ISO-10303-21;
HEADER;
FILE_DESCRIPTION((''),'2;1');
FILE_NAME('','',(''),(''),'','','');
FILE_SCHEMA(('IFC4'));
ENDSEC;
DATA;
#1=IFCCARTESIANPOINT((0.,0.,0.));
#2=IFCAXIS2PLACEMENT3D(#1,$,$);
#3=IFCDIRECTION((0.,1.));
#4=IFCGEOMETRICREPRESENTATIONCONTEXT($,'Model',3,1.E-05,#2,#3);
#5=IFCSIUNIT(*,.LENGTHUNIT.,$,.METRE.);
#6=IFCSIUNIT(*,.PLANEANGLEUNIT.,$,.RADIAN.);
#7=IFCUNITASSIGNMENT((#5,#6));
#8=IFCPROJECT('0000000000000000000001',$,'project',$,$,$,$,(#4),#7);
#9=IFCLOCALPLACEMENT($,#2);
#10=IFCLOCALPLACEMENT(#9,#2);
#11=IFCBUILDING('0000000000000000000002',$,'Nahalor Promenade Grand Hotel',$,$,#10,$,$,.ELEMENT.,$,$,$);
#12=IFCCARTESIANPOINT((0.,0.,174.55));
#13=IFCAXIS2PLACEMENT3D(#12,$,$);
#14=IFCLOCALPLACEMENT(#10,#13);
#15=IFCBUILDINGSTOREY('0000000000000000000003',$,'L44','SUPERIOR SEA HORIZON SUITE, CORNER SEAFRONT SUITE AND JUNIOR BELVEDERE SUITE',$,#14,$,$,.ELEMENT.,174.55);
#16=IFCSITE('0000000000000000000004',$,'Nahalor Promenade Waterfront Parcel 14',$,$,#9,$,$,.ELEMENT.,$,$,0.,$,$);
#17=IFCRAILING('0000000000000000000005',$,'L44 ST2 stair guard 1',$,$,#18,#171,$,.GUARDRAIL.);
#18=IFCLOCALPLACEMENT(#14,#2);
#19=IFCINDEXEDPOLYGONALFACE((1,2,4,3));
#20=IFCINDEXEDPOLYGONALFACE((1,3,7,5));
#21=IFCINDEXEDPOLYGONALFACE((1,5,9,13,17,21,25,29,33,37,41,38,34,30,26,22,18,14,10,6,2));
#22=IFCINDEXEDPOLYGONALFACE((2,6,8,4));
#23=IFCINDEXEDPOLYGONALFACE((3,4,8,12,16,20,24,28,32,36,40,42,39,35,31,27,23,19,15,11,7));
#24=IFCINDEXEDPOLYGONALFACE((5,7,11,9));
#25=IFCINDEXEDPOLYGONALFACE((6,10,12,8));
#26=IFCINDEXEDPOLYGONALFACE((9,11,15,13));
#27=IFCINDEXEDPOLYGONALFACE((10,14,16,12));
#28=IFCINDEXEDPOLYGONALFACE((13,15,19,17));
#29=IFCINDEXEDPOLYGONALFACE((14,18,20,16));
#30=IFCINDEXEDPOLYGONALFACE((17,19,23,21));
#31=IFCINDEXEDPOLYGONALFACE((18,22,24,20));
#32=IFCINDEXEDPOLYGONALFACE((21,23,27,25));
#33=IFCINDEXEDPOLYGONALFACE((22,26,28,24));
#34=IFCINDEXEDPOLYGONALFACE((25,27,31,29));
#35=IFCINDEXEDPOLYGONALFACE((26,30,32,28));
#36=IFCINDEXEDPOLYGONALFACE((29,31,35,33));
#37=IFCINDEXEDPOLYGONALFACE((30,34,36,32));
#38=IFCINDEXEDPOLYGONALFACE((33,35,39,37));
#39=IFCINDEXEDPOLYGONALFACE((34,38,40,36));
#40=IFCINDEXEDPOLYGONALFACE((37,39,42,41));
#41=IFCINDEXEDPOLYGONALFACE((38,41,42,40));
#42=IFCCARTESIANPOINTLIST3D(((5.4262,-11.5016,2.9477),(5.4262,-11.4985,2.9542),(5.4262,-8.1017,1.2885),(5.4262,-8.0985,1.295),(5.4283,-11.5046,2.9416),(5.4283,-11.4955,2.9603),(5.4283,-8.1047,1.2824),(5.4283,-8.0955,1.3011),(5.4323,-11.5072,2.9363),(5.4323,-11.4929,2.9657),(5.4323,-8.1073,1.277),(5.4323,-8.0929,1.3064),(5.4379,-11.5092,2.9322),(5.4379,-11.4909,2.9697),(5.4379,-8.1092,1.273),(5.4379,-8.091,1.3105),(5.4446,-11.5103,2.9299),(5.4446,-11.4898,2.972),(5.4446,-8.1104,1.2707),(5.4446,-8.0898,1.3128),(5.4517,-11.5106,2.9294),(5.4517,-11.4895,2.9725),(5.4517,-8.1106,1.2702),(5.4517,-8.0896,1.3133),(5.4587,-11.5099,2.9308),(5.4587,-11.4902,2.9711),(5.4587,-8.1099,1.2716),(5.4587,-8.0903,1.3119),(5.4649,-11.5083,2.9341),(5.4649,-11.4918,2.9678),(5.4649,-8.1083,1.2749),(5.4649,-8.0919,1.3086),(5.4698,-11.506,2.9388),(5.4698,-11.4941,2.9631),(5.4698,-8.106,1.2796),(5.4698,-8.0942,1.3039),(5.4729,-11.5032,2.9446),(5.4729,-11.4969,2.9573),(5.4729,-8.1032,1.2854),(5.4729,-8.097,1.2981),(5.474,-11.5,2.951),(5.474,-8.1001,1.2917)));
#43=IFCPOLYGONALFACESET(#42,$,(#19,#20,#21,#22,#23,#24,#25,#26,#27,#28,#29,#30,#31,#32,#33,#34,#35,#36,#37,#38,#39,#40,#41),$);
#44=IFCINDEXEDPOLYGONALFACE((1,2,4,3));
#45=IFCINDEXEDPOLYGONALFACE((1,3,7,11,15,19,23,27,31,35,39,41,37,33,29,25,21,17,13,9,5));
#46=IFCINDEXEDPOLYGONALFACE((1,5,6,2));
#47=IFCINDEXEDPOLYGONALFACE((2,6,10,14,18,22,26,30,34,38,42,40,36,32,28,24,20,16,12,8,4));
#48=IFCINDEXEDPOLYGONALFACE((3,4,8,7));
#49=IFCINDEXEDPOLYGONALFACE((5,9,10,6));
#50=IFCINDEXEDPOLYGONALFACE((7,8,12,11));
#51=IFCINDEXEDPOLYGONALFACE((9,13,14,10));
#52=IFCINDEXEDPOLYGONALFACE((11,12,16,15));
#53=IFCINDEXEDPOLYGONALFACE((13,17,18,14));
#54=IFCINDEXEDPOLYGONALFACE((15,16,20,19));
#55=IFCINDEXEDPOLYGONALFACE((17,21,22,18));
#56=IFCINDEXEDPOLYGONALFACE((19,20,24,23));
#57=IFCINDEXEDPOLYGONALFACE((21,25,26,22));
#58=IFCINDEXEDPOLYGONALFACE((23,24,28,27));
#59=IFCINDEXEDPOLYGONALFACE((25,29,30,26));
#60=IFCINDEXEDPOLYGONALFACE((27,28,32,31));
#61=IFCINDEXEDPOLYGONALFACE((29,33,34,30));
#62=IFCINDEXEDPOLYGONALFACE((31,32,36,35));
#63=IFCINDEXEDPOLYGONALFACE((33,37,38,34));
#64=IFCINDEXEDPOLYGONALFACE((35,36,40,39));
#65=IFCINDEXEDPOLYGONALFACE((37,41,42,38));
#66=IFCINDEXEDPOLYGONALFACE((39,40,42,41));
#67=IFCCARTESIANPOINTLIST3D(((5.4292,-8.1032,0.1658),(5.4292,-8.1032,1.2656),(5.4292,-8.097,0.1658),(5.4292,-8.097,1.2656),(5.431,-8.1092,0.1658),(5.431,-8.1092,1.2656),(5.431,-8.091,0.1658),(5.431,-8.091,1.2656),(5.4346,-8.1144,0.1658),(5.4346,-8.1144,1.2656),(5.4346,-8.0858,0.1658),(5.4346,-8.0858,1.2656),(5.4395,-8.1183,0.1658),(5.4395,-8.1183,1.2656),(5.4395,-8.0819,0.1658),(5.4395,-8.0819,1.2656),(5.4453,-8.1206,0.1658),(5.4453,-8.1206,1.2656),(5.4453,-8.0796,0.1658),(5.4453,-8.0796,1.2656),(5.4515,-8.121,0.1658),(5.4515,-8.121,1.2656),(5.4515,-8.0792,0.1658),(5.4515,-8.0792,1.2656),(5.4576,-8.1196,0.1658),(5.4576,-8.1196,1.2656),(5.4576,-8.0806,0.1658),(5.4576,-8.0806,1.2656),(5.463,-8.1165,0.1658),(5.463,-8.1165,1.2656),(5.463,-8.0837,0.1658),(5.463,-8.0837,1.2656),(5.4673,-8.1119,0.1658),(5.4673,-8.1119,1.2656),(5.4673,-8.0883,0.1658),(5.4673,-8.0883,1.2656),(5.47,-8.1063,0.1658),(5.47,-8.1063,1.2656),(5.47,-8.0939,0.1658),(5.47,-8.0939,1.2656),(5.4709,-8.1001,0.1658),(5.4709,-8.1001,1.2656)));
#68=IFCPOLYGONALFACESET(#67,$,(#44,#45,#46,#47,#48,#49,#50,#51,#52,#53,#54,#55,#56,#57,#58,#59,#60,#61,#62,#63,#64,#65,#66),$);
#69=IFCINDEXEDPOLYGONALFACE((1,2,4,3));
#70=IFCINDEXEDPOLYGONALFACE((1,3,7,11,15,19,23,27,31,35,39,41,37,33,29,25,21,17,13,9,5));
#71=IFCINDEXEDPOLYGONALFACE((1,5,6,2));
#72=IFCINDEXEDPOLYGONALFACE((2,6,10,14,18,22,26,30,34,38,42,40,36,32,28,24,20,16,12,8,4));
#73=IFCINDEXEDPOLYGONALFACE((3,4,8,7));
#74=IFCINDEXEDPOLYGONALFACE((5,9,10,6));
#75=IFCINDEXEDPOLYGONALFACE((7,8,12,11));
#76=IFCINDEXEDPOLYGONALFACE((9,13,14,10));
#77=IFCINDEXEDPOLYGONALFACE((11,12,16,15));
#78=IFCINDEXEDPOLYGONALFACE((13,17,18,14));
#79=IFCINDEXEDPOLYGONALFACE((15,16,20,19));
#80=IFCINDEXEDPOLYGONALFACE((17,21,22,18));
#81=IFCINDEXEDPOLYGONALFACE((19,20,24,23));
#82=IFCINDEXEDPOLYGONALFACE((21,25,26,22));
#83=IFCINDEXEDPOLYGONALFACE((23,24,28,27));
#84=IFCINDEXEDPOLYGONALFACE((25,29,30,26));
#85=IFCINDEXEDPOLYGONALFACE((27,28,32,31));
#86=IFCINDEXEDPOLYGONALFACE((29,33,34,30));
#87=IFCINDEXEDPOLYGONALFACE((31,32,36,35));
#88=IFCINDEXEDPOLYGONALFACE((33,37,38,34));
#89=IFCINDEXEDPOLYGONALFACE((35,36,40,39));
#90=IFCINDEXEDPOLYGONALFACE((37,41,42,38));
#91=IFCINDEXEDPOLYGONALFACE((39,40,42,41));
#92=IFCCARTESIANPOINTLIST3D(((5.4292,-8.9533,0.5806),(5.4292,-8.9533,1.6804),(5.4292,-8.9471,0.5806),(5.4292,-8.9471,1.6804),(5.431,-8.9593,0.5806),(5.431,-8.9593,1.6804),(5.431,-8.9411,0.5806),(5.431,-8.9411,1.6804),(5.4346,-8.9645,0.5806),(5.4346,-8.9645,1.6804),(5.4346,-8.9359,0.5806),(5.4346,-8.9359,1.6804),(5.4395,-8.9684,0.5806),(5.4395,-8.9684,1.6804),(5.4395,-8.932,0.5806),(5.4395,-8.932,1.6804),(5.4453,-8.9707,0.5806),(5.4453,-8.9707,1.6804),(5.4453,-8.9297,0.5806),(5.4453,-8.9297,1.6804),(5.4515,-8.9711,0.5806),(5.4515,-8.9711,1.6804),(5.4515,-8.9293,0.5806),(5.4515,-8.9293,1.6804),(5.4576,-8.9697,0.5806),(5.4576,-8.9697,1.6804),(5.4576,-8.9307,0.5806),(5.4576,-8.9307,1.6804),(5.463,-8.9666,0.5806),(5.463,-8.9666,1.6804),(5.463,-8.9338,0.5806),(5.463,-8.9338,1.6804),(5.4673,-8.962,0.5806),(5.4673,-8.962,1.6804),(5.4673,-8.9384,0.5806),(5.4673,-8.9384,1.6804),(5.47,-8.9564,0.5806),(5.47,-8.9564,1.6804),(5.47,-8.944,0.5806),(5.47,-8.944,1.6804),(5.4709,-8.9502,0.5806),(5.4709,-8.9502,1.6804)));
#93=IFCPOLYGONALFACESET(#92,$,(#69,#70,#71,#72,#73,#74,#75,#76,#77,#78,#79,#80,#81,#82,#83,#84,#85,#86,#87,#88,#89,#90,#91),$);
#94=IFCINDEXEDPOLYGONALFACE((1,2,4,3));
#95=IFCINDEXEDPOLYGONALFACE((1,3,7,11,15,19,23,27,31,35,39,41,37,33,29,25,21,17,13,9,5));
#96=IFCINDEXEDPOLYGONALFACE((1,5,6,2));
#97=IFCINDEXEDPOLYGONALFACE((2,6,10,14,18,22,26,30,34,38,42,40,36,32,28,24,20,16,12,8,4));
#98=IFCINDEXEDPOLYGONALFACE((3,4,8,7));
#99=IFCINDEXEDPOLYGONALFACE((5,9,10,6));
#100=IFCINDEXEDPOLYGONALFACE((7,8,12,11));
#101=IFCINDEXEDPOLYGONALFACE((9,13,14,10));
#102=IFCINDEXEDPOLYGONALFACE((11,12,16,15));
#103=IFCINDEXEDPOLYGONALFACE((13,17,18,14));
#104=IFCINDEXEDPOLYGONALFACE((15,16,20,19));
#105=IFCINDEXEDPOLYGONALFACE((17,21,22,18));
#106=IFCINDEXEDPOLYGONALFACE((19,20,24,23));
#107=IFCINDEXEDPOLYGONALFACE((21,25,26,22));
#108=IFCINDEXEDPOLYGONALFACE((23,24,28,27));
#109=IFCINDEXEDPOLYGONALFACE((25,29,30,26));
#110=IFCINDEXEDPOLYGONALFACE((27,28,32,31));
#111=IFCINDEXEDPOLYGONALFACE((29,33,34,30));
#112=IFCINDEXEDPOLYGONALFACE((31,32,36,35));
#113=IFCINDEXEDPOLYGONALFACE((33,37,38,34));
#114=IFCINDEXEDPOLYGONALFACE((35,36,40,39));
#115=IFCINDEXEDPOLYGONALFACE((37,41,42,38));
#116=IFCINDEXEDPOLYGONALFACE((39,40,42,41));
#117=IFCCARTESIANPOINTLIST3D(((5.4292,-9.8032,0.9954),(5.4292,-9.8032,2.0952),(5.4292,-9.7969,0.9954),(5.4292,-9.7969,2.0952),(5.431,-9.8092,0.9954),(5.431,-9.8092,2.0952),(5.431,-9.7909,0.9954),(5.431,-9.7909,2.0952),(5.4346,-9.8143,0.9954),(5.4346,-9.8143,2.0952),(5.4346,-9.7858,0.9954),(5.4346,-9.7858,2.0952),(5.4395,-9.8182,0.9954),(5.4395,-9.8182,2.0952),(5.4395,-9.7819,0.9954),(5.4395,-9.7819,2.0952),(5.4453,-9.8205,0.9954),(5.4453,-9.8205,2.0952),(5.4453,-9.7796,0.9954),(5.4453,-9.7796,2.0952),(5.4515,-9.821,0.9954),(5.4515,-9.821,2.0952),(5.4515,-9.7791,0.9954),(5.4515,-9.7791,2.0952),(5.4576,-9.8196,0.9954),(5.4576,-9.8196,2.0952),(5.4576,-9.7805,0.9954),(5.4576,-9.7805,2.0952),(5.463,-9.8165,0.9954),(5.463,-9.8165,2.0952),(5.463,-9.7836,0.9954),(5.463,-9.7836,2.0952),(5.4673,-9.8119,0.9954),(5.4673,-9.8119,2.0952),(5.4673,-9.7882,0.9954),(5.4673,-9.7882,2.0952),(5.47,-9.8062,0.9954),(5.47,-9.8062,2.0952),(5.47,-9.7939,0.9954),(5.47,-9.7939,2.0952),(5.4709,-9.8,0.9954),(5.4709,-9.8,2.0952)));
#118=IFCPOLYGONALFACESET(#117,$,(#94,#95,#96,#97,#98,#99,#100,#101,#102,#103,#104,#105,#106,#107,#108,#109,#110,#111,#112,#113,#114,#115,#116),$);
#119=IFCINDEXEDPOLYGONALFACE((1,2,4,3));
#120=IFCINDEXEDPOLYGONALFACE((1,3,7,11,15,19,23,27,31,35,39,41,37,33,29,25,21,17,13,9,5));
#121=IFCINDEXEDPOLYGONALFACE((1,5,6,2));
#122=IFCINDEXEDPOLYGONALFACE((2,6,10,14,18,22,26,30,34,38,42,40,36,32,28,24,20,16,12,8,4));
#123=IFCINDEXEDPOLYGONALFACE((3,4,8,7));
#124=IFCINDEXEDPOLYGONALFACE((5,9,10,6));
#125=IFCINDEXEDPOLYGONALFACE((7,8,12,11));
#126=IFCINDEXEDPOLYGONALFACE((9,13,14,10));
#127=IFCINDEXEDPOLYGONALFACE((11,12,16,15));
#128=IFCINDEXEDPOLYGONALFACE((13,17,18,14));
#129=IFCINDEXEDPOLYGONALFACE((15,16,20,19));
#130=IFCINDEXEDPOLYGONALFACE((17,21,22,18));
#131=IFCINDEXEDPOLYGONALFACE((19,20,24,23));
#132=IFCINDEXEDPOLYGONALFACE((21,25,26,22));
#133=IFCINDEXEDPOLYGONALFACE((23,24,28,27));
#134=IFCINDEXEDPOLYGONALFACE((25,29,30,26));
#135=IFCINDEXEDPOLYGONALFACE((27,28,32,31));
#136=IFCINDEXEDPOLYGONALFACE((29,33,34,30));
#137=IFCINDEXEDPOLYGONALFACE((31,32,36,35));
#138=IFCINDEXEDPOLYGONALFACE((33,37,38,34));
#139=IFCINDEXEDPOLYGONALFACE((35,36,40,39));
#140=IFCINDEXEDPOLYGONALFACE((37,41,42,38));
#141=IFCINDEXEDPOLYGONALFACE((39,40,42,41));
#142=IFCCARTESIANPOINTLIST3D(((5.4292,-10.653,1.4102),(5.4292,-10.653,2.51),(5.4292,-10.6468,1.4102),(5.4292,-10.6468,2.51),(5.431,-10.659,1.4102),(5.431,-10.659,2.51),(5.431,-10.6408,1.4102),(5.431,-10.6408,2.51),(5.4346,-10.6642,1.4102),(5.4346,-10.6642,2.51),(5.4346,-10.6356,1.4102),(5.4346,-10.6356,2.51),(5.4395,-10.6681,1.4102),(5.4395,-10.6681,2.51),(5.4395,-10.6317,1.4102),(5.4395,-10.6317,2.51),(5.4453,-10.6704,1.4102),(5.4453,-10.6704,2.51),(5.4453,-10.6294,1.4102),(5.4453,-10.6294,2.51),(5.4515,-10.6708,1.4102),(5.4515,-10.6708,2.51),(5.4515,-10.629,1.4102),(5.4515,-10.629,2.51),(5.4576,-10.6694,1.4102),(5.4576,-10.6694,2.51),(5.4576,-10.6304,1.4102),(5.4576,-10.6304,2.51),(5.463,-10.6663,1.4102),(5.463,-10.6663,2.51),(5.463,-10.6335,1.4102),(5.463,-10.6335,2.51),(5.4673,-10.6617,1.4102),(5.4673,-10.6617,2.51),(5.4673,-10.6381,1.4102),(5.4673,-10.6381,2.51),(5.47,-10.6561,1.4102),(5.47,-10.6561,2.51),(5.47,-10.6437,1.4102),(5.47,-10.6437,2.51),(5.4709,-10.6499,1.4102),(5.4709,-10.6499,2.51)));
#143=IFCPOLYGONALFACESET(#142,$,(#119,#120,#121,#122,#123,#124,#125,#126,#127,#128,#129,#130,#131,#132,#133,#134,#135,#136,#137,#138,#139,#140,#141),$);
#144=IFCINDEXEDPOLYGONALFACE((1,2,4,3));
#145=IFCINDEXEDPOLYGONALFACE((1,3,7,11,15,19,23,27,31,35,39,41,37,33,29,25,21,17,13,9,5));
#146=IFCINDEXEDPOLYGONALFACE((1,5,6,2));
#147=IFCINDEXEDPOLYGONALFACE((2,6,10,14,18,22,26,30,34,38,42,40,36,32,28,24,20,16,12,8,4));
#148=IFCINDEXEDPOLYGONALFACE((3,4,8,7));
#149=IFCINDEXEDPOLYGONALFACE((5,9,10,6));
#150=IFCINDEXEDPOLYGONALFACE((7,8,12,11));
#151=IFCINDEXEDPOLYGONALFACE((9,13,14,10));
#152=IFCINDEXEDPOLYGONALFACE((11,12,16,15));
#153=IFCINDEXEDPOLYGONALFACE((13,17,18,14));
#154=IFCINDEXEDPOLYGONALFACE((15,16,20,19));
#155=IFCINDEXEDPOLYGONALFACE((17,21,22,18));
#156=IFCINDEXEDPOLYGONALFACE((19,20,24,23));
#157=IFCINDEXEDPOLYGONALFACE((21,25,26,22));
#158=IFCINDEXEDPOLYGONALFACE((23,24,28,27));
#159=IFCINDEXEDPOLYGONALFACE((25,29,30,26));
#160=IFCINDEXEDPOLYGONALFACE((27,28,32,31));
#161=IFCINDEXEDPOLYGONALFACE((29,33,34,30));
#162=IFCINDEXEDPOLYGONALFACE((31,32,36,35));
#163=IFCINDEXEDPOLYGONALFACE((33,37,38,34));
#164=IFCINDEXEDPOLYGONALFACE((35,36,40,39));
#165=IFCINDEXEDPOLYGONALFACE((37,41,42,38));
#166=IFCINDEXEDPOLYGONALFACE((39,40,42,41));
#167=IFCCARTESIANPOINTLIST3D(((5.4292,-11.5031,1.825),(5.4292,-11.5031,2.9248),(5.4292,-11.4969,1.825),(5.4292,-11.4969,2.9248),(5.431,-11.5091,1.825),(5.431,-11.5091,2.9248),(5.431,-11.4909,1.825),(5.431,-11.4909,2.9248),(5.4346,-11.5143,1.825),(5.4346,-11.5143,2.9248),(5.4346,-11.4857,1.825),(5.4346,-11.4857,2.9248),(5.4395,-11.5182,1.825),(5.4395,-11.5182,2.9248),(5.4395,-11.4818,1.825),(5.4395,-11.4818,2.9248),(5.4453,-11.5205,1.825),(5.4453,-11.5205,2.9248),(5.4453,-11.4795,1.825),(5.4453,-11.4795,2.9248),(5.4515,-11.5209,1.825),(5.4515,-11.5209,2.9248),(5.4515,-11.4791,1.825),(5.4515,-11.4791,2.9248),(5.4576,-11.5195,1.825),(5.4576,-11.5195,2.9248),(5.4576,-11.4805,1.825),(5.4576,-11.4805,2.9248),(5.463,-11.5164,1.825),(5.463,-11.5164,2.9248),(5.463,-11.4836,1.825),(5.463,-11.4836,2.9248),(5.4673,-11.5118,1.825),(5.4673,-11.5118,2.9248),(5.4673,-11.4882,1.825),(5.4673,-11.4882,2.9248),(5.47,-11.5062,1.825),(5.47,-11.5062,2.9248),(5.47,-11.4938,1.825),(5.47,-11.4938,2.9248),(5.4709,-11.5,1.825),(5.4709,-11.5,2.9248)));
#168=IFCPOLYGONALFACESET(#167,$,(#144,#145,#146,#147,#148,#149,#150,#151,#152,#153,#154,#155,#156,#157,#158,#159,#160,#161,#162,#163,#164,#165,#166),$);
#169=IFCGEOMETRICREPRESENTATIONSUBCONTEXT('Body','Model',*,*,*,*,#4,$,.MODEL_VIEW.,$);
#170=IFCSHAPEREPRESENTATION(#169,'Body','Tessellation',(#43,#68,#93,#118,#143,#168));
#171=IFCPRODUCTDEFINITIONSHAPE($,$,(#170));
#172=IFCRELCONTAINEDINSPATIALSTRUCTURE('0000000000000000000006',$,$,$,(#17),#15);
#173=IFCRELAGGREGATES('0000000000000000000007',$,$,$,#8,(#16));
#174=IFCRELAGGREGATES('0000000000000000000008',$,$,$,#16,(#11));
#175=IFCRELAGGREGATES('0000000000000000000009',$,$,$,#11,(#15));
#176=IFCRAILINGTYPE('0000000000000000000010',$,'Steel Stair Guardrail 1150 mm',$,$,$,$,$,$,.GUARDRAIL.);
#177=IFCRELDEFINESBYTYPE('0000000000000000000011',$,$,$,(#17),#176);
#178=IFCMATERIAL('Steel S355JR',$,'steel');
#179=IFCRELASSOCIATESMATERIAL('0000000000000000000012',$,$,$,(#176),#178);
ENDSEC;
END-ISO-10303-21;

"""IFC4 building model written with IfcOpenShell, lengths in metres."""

from ifc_helpers import new_model, si_unit, direction, frame, origin, origin_2d, place, context, subcontext, project, spatial, circle, extrude, material, type_object, element, save


model = new_model("IFC4")

# Units and contexts
model_context = context("Model", 3, precision=1e-05, world=origin(), true_north=direction((0.0, 1.0)))
body_context = subcontext(model_context, "Body", "Model", "MODEL_VIEW")
ifc_project = project(units=[si_unit("LENGTHUNIT", "METRE"), si_unit("PLANEANGLEUNIT", "RADIAN")], contexts=[model_context])

# Site, building, storey
site_placement = place(None, origin())
site = spatial("IfcSite", under=ifc_project, at=site_placement, Name="Nahalor Promenade Waterfront Parcel 14", CompositionType="ELEMENT", RefElevation=0.0)
building_placement = place(site_placement, origin())
building = spatial("IfcBuilding", under=site, at=building_placement, Name="Nahalor Promenade Grand Hotel", CompositionType="ELEMENT")
storey_placement = place(building_placement, frame((0.0, 0.0, 174.55)))
storey = spatial("IfcBuildingStorey", under=building, at=storey_placement, Name="L44", Description="SUPERIOR SEA HORIZON SUITE, CORNER SEAFRONT SUITE AND JUNIOR BELVEDERE SUITE", CompositionType="ELEMENT", Elevation=174.55)

# Shared definitions
ifc_material_1 = material(Name="Steel S355JR", Category="steel")

# Railing
railing_type_1 = type_object("IfcRailingType", Name="Steel Stair Guardrail 1150 mm", PredefinedType="GUARDRAIL", material=ifc_material_1)
railing_1_placement = place(storey_placement, frame((5.45, -8.1001, 0.1658)))
element("IfcRailing", 1, at=railing_1_placement, inside=storey, type_object=railing_type_1, Name="L44 ST2 stair guard 1", PredefinedType="GUARDRAIL", context=body_context, shape_type="SweptSolid", body=[
    extrude(circle(Radius=0.024, at=origin_2d()), frame((0.0, 0.0, 1.126), z_axis=(0.0, -0.898696, 0.438571), x_axis=(1.0, 0.0, 0.0)), (0.0, 0.0, 1.0), 3.7832),
    extrude(circle(Radius=0.021, at=origin_2d()), origin(), (0.0, 0.0, 1.0), 1.0999),
    extrude(circle(Radius=0.021, at=origin_2d()), frame((0.0, -0.8501, 0.4148)), (0.0, 0.0, 1.0), 1.0999),
    extrude(circle(Radius=0.021, at=origin_2d()), frame((0.0, -1.7, 0.8296)), (0.0, 0.0, 1.0), 1.0999),
    extrude(circle(Radius=0.021, at=origin_2d()), frame((0.0, -2.5498, 1.2444)), (0.0, 0.0, 1.0), 1.0999),
    extrude(circle(Radius=0.021, at=origin_2d()), frame((0.0, -3.3999, 1.6592)), (0.0, 0.0, 1.0), 1.0999),
])

save(model, "model.ifc")
